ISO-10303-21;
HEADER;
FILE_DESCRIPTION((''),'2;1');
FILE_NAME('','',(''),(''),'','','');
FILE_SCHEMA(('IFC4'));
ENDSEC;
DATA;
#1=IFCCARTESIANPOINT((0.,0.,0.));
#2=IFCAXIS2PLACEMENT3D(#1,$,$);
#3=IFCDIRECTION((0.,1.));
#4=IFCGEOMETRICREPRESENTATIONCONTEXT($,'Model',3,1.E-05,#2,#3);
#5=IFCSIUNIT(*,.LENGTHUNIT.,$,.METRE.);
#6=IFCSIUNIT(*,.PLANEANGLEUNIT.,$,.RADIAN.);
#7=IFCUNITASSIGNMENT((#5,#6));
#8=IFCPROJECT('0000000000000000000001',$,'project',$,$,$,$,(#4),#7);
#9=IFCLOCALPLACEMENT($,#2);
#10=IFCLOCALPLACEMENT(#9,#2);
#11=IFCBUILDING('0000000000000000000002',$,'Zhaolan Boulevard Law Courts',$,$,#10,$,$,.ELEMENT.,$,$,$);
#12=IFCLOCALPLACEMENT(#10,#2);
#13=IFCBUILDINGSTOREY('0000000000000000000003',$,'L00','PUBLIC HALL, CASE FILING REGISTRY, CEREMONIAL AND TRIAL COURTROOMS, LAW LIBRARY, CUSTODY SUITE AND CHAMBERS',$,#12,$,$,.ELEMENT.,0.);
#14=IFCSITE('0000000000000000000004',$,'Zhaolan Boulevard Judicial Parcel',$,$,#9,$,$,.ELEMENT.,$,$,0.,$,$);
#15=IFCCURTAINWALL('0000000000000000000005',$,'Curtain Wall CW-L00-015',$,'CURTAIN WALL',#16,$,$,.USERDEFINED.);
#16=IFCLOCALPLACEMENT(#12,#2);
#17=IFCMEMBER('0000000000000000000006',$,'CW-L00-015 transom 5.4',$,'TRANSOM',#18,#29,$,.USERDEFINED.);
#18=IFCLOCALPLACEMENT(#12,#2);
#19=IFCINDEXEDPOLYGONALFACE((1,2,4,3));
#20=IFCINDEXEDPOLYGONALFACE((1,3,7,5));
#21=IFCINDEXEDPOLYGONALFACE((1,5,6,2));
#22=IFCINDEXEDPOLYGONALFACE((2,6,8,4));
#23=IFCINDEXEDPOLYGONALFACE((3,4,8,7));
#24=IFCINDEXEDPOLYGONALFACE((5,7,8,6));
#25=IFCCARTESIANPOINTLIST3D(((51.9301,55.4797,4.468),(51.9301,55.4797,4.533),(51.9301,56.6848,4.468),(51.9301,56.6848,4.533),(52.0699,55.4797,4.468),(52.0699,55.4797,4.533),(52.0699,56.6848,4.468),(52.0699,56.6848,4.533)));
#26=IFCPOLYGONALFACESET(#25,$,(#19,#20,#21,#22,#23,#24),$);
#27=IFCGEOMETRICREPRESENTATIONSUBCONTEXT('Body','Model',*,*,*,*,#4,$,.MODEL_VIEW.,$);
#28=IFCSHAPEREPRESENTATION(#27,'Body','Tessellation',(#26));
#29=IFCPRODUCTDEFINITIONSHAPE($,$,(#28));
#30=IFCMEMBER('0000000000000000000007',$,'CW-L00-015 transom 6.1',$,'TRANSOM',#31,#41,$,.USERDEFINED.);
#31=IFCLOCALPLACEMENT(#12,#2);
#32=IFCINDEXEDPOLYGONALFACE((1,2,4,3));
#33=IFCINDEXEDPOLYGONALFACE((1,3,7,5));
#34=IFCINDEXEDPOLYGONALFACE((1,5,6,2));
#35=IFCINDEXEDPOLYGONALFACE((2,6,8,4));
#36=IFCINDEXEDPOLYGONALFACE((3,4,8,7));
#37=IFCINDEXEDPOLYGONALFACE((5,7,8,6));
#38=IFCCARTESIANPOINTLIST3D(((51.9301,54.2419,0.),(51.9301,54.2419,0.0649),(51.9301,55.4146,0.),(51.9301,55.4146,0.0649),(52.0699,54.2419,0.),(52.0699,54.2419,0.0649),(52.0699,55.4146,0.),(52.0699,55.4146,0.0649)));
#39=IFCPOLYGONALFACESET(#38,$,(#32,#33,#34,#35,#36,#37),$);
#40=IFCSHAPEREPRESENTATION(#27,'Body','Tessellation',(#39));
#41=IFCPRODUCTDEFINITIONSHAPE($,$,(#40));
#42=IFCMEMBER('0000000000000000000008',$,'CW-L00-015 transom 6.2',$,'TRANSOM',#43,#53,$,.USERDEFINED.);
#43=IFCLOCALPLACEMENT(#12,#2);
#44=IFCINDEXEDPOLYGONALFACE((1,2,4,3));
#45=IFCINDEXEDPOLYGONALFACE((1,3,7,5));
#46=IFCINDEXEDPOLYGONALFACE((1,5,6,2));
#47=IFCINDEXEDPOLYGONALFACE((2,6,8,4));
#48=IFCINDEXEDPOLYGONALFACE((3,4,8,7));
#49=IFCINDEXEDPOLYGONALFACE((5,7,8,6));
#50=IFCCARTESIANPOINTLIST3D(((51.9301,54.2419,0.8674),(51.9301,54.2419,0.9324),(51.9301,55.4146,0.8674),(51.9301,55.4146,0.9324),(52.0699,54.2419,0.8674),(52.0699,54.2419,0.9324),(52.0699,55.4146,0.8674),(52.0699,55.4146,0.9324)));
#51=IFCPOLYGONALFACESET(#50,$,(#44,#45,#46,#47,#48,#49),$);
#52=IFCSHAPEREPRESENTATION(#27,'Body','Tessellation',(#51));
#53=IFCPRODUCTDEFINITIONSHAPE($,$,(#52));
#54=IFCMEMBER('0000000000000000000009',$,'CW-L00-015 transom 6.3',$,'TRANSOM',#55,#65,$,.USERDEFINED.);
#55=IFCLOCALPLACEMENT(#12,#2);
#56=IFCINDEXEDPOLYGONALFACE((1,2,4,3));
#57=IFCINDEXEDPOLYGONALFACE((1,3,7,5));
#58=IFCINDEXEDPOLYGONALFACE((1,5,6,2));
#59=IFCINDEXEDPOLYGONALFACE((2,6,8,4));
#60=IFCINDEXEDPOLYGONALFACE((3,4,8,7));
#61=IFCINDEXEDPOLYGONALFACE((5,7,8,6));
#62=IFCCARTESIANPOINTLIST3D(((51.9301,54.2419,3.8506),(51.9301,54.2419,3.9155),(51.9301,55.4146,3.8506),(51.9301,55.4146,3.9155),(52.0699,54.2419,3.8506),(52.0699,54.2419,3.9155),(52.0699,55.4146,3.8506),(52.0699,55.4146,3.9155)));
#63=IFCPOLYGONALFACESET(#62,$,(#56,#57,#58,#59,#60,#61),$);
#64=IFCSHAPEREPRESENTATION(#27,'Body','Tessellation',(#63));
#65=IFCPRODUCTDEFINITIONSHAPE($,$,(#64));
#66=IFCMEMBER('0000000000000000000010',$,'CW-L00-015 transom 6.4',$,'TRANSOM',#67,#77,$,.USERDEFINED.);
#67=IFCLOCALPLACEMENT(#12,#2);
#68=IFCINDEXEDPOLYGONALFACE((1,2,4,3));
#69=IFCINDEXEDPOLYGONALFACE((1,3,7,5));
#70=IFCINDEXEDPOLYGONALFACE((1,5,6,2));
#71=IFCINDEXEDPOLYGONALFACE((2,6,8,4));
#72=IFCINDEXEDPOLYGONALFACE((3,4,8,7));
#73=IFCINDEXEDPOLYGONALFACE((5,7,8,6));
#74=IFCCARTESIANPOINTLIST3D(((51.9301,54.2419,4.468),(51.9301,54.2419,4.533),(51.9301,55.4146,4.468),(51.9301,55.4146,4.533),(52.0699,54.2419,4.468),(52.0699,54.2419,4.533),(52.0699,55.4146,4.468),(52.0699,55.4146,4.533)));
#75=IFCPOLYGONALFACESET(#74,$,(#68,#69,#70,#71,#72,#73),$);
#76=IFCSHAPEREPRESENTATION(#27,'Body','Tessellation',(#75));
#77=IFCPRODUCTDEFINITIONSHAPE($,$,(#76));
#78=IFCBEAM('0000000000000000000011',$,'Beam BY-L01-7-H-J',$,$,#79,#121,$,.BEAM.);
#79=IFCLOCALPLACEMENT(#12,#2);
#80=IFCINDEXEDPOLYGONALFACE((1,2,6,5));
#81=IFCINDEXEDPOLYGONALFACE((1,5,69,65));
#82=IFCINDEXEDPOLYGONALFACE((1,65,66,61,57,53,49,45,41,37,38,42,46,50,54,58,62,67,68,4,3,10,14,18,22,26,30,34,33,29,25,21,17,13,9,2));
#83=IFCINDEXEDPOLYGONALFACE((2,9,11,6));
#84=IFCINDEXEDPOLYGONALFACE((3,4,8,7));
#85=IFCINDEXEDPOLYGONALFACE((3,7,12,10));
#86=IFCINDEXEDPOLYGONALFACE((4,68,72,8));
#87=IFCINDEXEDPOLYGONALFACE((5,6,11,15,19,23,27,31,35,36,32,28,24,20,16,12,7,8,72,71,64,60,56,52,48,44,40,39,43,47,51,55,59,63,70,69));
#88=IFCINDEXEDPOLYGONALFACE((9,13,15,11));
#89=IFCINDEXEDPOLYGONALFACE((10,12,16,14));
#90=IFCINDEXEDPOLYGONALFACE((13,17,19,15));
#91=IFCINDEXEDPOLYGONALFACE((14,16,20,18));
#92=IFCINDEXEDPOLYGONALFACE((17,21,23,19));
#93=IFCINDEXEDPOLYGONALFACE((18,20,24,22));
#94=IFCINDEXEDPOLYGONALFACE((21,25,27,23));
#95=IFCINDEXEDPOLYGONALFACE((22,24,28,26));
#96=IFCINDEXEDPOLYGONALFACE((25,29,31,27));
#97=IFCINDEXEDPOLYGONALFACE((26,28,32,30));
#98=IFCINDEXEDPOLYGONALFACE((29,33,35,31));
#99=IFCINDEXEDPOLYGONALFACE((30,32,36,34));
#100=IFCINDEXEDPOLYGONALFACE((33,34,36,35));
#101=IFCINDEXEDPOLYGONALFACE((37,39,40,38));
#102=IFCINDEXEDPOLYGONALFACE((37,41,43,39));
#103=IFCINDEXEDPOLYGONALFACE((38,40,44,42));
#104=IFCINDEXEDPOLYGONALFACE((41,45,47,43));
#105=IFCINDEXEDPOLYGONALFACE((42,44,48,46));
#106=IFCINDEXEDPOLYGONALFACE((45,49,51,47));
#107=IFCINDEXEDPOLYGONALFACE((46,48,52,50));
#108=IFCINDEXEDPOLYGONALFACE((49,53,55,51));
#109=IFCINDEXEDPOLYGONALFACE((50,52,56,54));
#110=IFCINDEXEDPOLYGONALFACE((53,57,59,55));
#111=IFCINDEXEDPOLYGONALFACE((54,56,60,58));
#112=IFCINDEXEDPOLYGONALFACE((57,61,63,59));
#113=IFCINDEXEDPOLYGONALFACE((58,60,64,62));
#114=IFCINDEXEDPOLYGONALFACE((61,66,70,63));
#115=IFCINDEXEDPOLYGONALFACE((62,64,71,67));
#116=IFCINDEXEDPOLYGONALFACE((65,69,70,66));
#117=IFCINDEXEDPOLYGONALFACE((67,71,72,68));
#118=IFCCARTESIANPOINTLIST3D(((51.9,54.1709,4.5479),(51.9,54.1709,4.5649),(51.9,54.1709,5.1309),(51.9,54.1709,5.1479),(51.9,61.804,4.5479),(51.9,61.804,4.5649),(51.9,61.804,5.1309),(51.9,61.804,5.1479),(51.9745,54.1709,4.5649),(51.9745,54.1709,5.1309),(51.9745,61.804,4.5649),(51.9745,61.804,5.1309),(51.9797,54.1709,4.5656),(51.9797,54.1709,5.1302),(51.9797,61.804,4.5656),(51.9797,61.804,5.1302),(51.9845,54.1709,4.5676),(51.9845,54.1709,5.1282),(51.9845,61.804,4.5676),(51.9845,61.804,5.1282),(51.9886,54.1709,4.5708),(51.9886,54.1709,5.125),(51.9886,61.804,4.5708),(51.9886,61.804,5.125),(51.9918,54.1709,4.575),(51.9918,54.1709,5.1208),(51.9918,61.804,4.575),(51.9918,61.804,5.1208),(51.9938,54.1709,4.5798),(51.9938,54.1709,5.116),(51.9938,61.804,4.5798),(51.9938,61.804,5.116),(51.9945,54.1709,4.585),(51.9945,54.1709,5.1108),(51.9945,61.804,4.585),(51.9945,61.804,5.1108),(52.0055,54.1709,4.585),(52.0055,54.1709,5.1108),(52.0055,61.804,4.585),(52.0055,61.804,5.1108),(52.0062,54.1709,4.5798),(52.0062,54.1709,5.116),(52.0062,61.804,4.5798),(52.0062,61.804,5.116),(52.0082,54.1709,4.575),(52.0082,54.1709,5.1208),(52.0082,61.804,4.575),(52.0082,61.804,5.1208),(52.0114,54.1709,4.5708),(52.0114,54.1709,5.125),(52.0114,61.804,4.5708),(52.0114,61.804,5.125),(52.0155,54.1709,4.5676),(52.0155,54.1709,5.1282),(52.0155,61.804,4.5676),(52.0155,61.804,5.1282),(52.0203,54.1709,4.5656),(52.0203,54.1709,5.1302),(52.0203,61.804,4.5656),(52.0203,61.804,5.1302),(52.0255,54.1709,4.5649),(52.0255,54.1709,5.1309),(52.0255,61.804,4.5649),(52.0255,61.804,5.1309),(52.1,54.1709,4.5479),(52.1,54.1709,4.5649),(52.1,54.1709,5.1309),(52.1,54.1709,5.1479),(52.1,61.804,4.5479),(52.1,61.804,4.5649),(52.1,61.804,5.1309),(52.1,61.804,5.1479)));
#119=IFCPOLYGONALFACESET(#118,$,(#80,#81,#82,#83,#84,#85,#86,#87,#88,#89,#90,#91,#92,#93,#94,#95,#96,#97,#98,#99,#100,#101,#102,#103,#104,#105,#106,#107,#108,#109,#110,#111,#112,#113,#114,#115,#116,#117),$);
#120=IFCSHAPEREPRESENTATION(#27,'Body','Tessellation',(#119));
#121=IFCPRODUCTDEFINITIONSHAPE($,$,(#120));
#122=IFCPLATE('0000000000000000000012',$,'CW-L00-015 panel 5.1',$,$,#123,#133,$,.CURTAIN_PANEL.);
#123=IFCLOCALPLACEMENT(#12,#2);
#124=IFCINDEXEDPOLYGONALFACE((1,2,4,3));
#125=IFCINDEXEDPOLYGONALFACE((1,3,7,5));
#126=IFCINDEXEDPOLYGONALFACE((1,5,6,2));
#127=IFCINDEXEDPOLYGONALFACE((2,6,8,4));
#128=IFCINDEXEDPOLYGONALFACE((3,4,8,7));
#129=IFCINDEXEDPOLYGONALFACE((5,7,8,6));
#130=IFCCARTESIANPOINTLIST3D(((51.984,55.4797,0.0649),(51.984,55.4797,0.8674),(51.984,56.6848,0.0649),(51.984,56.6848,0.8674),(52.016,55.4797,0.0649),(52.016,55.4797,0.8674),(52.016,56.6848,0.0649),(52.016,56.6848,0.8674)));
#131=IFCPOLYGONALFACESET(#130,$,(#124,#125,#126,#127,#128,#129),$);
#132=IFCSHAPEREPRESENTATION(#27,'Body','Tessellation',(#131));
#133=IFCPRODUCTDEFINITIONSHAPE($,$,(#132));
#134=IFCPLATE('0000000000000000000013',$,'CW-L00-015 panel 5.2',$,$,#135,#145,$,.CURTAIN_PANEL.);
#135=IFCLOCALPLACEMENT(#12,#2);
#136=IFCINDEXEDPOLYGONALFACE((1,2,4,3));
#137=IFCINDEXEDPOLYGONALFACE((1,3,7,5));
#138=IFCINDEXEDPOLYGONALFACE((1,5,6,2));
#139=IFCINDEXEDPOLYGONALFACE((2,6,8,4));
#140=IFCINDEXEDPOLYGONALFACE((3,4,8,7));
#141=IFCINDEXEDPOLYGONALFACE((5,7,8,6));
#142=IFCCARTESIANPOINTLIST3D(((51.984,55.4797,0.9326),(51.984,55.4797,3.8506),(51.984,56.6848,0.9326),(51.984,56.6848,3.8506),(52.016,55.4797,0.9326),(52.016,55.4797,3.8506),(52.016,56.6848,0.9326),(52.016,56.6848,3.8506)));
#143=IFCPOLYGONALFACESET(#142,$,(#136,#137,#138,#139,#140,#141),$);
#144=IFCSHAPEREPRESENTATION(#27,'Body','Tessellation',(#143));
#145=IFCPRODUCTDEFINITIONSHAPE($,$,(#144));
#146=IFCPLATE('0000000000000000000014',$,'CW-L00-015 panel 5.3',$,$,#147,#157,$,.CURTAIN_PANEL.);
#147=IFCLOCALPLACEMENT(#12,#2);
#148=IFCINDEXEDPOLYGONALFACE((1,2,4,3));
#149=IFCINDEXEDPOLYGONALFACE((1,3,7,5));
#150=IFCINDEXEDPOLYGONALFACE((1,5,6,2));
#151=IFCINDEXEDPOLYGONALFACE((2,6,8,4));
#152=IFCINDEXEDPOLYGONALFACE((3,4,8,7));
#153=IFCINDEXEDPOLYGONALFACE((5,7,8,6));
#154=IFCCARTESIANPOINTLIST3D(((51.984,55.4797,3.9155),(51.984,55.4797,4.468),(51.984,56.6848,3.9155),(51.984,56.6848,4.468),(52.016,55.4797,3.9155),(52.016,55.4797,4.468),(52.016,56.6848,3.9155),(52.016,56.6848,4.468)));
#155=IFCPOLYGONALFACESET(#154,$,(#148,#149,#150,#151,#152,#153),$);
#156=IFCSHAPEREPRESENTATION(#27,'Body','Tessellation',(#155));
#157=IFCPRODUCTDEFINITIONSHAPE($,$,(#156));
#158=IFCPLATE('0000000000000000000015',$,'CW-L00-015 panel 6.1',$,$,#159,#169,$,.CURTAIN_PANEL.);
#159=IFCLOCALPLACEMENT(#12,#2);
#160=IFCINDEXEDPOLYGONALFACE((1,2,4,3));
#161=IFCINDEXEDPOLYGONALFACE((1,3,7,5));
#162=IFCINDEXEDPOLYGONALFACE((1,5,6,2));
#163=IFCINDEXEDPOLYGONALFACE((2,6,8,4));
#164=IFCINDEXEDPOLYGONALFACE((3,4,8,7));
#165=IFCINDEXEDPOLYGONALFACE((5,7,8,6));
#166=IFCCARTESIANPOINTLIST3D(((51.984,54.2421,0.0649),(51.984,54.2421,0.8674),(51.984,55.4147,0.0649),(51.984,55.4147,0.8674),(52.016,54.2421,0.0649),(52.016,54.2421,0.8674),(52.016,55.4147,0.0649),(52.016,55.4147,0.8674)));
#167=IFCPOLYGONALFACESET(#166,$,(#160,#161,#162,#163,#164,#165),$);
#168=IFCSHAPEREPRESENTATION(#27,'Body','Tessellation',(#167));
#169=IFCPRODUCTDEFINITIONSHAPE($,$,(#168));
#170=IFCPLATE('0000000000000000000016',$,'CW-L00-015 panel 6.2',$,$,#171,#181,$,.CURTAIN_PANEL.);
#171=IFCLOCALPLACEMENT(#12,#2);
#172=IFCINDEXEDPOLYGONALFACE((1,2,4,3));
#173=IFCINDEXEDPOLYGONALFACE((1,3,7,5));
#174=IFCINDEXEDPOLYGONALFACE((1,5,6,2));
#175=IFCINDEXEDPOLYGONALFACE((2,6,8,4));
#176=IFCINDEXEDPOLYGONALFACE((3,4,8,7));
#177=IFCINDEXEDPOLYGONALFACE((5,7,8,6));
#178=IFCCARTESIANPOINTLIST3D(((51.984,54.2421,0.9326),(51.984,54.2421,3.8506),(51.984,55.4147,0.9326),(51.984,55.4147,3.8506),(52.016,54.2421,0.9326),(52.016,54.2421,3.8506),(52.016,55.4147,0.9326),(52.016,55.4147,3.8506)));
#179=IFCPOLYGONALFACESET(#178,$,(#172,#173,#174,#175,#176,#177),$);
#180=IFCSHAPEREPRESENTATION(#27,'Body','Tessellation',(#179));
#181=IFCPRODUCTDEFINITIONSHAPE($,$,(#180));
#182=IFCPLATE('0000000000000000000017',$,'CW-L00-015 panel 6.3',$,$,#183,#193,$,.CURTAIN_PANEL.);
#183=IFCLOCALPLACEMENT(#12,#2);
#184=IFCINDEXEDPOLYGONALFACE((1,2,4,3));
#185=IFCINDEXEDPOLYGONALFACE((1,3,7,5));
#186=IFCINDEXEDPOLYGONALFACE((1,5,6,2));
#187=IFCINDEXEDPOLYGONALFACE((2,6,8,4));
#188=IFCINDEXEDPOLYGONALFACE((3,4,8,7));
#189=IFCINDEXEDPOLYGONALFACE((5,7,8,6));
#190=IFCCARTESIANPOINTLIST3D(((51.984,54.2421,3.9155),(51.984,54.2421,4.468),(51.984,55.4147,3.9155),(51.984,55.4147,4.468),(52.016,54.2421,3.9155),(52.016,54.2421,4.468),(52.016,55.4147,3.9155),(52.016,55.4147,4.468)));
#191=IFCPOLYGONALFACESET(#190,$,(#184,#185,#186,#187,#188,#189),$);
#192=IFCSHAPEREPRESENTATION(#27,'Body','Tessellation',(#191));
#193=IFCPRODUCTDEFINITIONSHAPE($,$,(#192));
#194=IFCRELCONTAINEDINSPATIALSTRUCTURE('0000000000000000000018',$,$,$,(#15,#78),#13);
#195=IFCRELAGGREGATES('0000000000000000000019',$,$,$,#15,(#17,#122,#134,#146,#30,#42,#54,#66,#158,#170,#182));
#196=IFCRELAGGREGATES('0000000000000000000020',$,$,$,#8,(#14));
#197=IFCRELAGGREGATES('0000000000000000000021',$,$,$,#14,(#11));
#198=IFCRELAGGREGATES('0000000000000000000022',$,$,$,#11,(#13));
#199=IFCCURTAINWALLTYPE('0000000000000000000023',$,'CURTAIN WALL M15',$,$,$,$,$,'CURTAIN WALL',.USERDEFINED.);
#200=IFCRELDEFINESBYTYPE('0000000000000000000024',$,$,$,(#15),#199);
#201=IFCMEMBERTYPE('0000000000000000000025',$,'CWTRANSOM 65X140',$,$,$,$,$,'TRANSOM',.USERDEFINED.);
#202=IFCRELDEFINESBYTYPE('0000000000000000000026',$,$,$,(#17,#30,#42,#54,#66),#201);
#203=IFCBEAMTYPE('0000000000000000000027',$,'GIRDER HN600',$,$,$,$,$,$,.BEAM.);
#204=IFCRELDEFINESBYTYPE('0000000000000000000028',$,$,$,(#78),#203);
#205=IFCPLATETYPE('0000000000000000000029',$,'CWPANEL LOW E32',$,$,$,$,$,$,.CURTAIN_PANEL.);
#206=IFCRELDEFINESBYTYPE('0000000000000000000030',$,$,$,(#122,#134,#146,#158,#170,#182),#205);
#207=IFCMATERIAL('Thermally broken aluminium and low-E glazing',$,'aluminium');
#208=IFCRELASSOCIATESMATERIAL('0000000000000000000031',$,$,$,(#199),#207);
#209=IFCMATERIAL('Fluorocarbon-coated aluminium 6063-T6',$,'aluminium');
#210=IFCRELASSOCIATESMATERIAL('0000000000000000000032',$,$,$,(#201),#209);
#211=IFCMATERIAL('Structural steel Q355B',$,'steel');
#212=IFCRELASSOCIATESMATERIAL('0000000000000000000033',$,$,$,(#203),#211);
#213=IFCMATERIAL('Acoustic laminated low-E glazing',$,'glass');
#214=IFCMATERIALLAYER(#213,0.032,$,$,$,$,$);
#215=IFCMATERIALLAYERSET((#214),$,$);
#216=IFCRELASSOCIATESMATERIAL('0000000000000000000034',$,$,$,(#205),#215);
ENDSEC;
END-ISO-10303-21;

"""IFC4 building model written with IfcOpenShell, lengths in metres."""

from ifc_helpers import new_model, si_unit, direction, frame, origin, origin_2d, place, context, subcontext, project, spatial, rectangle, i_section, extrude, material, layer, layer_set, material_profile, profile_set, type_object, element, aggregate, save


model = new_model("IFC4")

# Units and contexts
model_context = context("Model", 3, precision=1e-05, world=origin(), true_north=direction((0.0, 1.0)))
body_context = subcontext(model_context, "Body", "Model", "MODEL_VIEW")
ifc_project = project(units=[si_unit("LENGTHUNIT", "METRE"), si_unit("PLANEANGLEUNIT", "RADIAN")], contexts=[model_context])

# Site, building, storey
site_placement = place(None, origin())
site = spatial("IfcSite", under=ifc_project, at=site_placement, Name="Zhaolan Boulevard Judicial Parcel", CompositionType="ELEMENT", RefElevation=0.0)
building_placement = place(site_placement, origin())
building = spatial("IfcBuilding", under=site, at=building_placement, Name="Zhaolan Boulevard Law Courts", CompositionType="ELEMENT")
storey_placement = place(building_placement, origin())
storey = spatial("IfcBuildingStorey", under=building, at=storey_placement, Name="L00", Description="PUBLIC HALL, CASE FILING REGISTRY, CEREMONIAL AND TRIAL COURTROOMS, LAW LIBRARY, CUSTODY SUITE AND CHAMBERS", CompositionType="ELEMENT", Elevation=0.0)

# Curtain wall
ifc_material_1 = material(Name="Thermally broken aluminium and low-E glazing", Category="aluminium")
curtain_wall_type_1 = type_object("IfcCurtainWallType", Name="CURTAIN WALL M15", ElementType="CURTAIN WALL", PredefinedType="USERDEFINED", material=ifc_material_1)
curtain_wall_1_placement = place(storey_placement, origin())
curtain_wall_1 = element("IfcCurtainWall", 1, at=curtain_wall_1_placement, inside=storey, type_object=curtain_wall_type_1, Name="Curtain Wall CW-L00-015", ObjectType="CURTAIN WALL", PredefinedType="USERDEFINED")

# Members
ifc_material_2 = material(Name="Fluorocarbon-coated aluminium 6063-T6", Category="aluminium")
ifc_material_profile_1 = material_profile(ifc_material_2, rectangle(XDim=0.1399, YDim=0.0649, at=origin_2d()), Name="AL65x140")
ifc_profile_set_1 = profile_set([ifc_material_profile_1], Name="Fluorocarbon-coated aluminium 6063-T6")
member_type_1 = type_object("IfcMemberType", Name="CWTRANSOM 65X140", ElementType="TRANSOM", PredefinedType="USERDEFINED", material=ifc_profile_set_1)
member_1_placement = place(storey_placement, frame((52.0, 56.6848, 4.5005), z_axis=(0.0, -1.0, 0.0), x_axis=(1.0, 0.0, 0.0)))
member_1 = element("IfcMember", 2, at=member_1_placement, type_object=member_type_1, Name="CW-L00-015 transom 5.4", ObjectType="TRANSOM", PredefinedType="USERDEFINED", context=body_context, shape_type="SweptSolid", body=[
    extrude(rectangle(XDim=0.1399, YDim=0.0649, at=origin_2d()), origin(), (0.0, 0.0, 1.0), 1.2051),
])
member_2_placement = place(storey_placement, frame((52.0, 55.4146, 0.0325), z_axis=(0.0, -1.0, 0.0), x_axis=(1.0, 0.0, 0.0)))
member_2 = element("IfcMember", 3, at=member_2_placement, type_object=member_type_1, Name="CW-L00-015 transom 6.1", ObjectType="TRANSOM", PredefinedType="USERDEFINED", context=body_context, shape_type="SweptSolid", body=[
    extrude(rectangle(XDim=0.1399, YDim=0.0649, at=origin_2d()), origin(), (0.0, 0.0, 1.0), 1.1726),
])
member_3_placement = place(storey_placement, frame((52.0, 55.4146, 0.8999), z_axis=(0.0, -1.0, 0.0), x_axis=(1.0, 0.0, 0.0)))
member_3 = element("IfcMember", 4, at=member_3_placement, type_object=member_type_1, Name="CW-L00-015 transom 6.2", ObjectType="TRANSOM", PredefinedType="USERDEFINED", context=body_context, shape_type="SweptSolid", body=[
    extrude(rectangle(XDim=0.1399, YDim=0.0649, at=origin_2d()), origin(), (0.0, 0.0, 1.0), 1.1726),
])
member_4_placement = place(storey_placement, frame((52.0, 55.4146, 3.8831), z_axis=(0.0, -1.0, 0.0), x_axis=(1.0, 0.0, 0.0)))
member_4 = element("IfcMember", 5, at=member_4_placement, type_object=member_type_1, Name="CW-L00-015 transom 6.3", ObjectType="TRANSOM", PredefinedType="USERDEFINED", context=body_context, shape_type="SweptSolid", body=[
    extrude(rectangle(XDim=0.1399, YDim=0.0649, at=origin_2d()), origin(), (0.0, 0.0, 1.0), 1.1726),
])
member_5_placement = place(storey_placement, frame((52.0, 55.4146, 4.5005), z_axis=(0.0, -1.0, 0.0), x_axis=(1.0, 0.0, 0.0)))
member_5 = element("IfcMember", 6, at=member_5_placement, type_object=member_type_1, Name="CW-L00-015 transom 6.4", ObjectType="TRANSOM", PredefinedType="USERDEFINED", context=body_context, shape_type="SweptSolid", body=[
    extrude(rectangle(XDim=0.1399, YDim=0.0649, at=origin_2d()), origin(), (0.0, 0.0, 1.0), 1.1726),
])

# Beam
ifc_material_3 = material(Name="Structural steel Q355B", Category="steel")
ifc_material_profile_2 = material_profile(ifc_material_3, i_section(OverallWidth=0.2, OverallDepth=0.6001, WebThickness=0.011, FlangeThickness=0.0171, FilletRadius=0.02, at=origin_2d()), Name="HN600x200")
ifc_profile_set_2 = profile_set([ifc_material_profile_2], Name="Structural steel Q355B")
beam_type = type_object("IfcBeamType", Name="GIRDER HN600", PredefinedType="BEAM", material=ifc_profile_set_2)
beam_placement = place(storey_placement, frame((52.0, 54.1709, 4.8479), z_axis=(0.0, 1.0, 0.0), x_axis=(-1.0, 0.0, 0.0)))
element("IfcBeam", 7, at=beam_placement, inside=storey, type_object=beam_type, Name="Beam BY-L01-7-H-J", PredefinedType="BEAM", context=body_context, shape_type="SweptSolid", body=[
    extrude(i_section(OverallWidth=0.2, OverallDepth=0.6001, WebThickness=0.011, FlangeThickness=0.0171, FilletRadius=0.02, at=origin_2d()), origin(), (0.0, 0.0, 1.0), 7.6331),
])

# Plates
ifc_material_4 = material(Name="Acoustic laminated low-E glazing", Category="glass")
ifc_layer = layer(ifc_material_4, 0.032)
ifc_layer_set = layer_set([ifc_layer])
plate_type = type_object("IfcPlateType", Name="CWPANEL LOW E32", PredefinedType="CURTAIN_PANEL", material=ifc_layer_set)
plate_1_placement = place(storey_placement, frame((52.0, 56.0823, 0.0649), z_axis=(0.0, 0.0, 1.0), x_axis=(0.0, -1.0, 0.0)))
plate_1 = element("IfcPlate", 8, at=plate_1_placement, type_object=plate_type, Name="CW-L00-015 panel 5.1", PredefinedType="CURTAIN_PANEL", context=body_context, shape_type="SweptSolid", body=[
    extrude(rectangle(XDim=1.2051, YDim=0.032, at=origin_2d()), origin(), (0.0, 0.0, 1.0), 0.8025),
])
plate_2_placement = place(storey_placement, frame((52.0, 56.0823, 0.9326), z_axis=(0.0, 0.0, 1.0), x_axis=(0.0, -1.0, 0.0)))
plate_2 = element("IfcPlate", 9, at=plate_2_placement, type_object=plate_type, Name="CW-L00-015 panel 5.2", PredefinedType="CURTAIN_PANEL", context=body_context, shape_type="SweptSolid", body=[
    extrude(rectangle(XDim=1.2051, YDim=0.032, at=origin_2d()), origin(), (0.0, 0.0, 1.0), 2.918),
])
plate_3_placement = place(storey_placement, frame((52.0, 56.0823, 3.9155), z_axis=(0.0, 0.0, 1.0), x_axis=(0.0, -1.0, 0.0)))
plate_3 = element("IfcPlate", 10, at=plate_3_placement, type_object=plate_type, Name="CW-L00-015 panel 5.3", PredefinedType="CURTAIN_PANEL", context=body_context, shape_type="SweptSolid", body=[
    extrude(rectangle(XDim=1.2051, YDim=0.032, at=origin_2d()), origin(), (0.0, 0.0, 1.0), 0.5525),
])
plate_4_placement = place(storey_placement, frame((52.0, 54.8284, 0.0649), z_axis=(0.0, 0.0, 1.0), x_axis=(0.0, -1.0, 0.0)))
plate_4 = element("IfcPlate", 11, at=plate_4_placement, type_object=plate_type, Name="CW-L00-015 panel 6.1", PredefinedType="CURTAIN_PANEL", context=body_context, shape_type="SweptSolid", body=[
    extrude(rectangle(XDim=1.1726, YDim=0.032, at=origin_2d()), origin(), (0.0, 0.0, 1.0), 0.8025),
])
plate_5_placement = place(storey_placement, frame((52.0, 54.8284, 0.9326), z_axis=(0.0, 0.0, 1.0), x_axis=(0.0, -1.0, 0.0)))
plate_5 = element("IfcPlate", 12, at=plate_5_placement, type_object=plate_type, Name="CW-L00-015 panel 6.2", PredefinedType="CURTAIN_PANEL", context=body_context, shape_type="SweptSolid", body=[
    extrude(rectangle(XDim=1.1726, YDim=0.032, at=origin_2d()), origin(), (0.0, 0.0, 1.0), 2.918),
])
plate_6_placement = place(storey_placement, frame((52.0, 54.8284, 3.9155), z_axis=(0.0, 0.0, 1.0), x_axis=(0.0, -1.0, 0.0)))
plate_6 = element("IfcPlate", 13, at=plate_6_placement, type_object=plate_type, Name="CW-L00-015 panel 6.3", PredefinedType="CURTAIN_PANEL", context=body_context, shape_type="SweptSolid", body=[
    extrude(rectangle(XDim=1.1726, YDim=0.032, at=origin_2d()), origin(), (0.0, 0.0, 1.0), 0.5525),
])
aggregate(curtain_wall_1, [member_1, plate_1, plate_2, plate_3, member_2, member_3, member_4, member_5, plate_4, plate_5, plate_6])

save(model, "model.ifc")
